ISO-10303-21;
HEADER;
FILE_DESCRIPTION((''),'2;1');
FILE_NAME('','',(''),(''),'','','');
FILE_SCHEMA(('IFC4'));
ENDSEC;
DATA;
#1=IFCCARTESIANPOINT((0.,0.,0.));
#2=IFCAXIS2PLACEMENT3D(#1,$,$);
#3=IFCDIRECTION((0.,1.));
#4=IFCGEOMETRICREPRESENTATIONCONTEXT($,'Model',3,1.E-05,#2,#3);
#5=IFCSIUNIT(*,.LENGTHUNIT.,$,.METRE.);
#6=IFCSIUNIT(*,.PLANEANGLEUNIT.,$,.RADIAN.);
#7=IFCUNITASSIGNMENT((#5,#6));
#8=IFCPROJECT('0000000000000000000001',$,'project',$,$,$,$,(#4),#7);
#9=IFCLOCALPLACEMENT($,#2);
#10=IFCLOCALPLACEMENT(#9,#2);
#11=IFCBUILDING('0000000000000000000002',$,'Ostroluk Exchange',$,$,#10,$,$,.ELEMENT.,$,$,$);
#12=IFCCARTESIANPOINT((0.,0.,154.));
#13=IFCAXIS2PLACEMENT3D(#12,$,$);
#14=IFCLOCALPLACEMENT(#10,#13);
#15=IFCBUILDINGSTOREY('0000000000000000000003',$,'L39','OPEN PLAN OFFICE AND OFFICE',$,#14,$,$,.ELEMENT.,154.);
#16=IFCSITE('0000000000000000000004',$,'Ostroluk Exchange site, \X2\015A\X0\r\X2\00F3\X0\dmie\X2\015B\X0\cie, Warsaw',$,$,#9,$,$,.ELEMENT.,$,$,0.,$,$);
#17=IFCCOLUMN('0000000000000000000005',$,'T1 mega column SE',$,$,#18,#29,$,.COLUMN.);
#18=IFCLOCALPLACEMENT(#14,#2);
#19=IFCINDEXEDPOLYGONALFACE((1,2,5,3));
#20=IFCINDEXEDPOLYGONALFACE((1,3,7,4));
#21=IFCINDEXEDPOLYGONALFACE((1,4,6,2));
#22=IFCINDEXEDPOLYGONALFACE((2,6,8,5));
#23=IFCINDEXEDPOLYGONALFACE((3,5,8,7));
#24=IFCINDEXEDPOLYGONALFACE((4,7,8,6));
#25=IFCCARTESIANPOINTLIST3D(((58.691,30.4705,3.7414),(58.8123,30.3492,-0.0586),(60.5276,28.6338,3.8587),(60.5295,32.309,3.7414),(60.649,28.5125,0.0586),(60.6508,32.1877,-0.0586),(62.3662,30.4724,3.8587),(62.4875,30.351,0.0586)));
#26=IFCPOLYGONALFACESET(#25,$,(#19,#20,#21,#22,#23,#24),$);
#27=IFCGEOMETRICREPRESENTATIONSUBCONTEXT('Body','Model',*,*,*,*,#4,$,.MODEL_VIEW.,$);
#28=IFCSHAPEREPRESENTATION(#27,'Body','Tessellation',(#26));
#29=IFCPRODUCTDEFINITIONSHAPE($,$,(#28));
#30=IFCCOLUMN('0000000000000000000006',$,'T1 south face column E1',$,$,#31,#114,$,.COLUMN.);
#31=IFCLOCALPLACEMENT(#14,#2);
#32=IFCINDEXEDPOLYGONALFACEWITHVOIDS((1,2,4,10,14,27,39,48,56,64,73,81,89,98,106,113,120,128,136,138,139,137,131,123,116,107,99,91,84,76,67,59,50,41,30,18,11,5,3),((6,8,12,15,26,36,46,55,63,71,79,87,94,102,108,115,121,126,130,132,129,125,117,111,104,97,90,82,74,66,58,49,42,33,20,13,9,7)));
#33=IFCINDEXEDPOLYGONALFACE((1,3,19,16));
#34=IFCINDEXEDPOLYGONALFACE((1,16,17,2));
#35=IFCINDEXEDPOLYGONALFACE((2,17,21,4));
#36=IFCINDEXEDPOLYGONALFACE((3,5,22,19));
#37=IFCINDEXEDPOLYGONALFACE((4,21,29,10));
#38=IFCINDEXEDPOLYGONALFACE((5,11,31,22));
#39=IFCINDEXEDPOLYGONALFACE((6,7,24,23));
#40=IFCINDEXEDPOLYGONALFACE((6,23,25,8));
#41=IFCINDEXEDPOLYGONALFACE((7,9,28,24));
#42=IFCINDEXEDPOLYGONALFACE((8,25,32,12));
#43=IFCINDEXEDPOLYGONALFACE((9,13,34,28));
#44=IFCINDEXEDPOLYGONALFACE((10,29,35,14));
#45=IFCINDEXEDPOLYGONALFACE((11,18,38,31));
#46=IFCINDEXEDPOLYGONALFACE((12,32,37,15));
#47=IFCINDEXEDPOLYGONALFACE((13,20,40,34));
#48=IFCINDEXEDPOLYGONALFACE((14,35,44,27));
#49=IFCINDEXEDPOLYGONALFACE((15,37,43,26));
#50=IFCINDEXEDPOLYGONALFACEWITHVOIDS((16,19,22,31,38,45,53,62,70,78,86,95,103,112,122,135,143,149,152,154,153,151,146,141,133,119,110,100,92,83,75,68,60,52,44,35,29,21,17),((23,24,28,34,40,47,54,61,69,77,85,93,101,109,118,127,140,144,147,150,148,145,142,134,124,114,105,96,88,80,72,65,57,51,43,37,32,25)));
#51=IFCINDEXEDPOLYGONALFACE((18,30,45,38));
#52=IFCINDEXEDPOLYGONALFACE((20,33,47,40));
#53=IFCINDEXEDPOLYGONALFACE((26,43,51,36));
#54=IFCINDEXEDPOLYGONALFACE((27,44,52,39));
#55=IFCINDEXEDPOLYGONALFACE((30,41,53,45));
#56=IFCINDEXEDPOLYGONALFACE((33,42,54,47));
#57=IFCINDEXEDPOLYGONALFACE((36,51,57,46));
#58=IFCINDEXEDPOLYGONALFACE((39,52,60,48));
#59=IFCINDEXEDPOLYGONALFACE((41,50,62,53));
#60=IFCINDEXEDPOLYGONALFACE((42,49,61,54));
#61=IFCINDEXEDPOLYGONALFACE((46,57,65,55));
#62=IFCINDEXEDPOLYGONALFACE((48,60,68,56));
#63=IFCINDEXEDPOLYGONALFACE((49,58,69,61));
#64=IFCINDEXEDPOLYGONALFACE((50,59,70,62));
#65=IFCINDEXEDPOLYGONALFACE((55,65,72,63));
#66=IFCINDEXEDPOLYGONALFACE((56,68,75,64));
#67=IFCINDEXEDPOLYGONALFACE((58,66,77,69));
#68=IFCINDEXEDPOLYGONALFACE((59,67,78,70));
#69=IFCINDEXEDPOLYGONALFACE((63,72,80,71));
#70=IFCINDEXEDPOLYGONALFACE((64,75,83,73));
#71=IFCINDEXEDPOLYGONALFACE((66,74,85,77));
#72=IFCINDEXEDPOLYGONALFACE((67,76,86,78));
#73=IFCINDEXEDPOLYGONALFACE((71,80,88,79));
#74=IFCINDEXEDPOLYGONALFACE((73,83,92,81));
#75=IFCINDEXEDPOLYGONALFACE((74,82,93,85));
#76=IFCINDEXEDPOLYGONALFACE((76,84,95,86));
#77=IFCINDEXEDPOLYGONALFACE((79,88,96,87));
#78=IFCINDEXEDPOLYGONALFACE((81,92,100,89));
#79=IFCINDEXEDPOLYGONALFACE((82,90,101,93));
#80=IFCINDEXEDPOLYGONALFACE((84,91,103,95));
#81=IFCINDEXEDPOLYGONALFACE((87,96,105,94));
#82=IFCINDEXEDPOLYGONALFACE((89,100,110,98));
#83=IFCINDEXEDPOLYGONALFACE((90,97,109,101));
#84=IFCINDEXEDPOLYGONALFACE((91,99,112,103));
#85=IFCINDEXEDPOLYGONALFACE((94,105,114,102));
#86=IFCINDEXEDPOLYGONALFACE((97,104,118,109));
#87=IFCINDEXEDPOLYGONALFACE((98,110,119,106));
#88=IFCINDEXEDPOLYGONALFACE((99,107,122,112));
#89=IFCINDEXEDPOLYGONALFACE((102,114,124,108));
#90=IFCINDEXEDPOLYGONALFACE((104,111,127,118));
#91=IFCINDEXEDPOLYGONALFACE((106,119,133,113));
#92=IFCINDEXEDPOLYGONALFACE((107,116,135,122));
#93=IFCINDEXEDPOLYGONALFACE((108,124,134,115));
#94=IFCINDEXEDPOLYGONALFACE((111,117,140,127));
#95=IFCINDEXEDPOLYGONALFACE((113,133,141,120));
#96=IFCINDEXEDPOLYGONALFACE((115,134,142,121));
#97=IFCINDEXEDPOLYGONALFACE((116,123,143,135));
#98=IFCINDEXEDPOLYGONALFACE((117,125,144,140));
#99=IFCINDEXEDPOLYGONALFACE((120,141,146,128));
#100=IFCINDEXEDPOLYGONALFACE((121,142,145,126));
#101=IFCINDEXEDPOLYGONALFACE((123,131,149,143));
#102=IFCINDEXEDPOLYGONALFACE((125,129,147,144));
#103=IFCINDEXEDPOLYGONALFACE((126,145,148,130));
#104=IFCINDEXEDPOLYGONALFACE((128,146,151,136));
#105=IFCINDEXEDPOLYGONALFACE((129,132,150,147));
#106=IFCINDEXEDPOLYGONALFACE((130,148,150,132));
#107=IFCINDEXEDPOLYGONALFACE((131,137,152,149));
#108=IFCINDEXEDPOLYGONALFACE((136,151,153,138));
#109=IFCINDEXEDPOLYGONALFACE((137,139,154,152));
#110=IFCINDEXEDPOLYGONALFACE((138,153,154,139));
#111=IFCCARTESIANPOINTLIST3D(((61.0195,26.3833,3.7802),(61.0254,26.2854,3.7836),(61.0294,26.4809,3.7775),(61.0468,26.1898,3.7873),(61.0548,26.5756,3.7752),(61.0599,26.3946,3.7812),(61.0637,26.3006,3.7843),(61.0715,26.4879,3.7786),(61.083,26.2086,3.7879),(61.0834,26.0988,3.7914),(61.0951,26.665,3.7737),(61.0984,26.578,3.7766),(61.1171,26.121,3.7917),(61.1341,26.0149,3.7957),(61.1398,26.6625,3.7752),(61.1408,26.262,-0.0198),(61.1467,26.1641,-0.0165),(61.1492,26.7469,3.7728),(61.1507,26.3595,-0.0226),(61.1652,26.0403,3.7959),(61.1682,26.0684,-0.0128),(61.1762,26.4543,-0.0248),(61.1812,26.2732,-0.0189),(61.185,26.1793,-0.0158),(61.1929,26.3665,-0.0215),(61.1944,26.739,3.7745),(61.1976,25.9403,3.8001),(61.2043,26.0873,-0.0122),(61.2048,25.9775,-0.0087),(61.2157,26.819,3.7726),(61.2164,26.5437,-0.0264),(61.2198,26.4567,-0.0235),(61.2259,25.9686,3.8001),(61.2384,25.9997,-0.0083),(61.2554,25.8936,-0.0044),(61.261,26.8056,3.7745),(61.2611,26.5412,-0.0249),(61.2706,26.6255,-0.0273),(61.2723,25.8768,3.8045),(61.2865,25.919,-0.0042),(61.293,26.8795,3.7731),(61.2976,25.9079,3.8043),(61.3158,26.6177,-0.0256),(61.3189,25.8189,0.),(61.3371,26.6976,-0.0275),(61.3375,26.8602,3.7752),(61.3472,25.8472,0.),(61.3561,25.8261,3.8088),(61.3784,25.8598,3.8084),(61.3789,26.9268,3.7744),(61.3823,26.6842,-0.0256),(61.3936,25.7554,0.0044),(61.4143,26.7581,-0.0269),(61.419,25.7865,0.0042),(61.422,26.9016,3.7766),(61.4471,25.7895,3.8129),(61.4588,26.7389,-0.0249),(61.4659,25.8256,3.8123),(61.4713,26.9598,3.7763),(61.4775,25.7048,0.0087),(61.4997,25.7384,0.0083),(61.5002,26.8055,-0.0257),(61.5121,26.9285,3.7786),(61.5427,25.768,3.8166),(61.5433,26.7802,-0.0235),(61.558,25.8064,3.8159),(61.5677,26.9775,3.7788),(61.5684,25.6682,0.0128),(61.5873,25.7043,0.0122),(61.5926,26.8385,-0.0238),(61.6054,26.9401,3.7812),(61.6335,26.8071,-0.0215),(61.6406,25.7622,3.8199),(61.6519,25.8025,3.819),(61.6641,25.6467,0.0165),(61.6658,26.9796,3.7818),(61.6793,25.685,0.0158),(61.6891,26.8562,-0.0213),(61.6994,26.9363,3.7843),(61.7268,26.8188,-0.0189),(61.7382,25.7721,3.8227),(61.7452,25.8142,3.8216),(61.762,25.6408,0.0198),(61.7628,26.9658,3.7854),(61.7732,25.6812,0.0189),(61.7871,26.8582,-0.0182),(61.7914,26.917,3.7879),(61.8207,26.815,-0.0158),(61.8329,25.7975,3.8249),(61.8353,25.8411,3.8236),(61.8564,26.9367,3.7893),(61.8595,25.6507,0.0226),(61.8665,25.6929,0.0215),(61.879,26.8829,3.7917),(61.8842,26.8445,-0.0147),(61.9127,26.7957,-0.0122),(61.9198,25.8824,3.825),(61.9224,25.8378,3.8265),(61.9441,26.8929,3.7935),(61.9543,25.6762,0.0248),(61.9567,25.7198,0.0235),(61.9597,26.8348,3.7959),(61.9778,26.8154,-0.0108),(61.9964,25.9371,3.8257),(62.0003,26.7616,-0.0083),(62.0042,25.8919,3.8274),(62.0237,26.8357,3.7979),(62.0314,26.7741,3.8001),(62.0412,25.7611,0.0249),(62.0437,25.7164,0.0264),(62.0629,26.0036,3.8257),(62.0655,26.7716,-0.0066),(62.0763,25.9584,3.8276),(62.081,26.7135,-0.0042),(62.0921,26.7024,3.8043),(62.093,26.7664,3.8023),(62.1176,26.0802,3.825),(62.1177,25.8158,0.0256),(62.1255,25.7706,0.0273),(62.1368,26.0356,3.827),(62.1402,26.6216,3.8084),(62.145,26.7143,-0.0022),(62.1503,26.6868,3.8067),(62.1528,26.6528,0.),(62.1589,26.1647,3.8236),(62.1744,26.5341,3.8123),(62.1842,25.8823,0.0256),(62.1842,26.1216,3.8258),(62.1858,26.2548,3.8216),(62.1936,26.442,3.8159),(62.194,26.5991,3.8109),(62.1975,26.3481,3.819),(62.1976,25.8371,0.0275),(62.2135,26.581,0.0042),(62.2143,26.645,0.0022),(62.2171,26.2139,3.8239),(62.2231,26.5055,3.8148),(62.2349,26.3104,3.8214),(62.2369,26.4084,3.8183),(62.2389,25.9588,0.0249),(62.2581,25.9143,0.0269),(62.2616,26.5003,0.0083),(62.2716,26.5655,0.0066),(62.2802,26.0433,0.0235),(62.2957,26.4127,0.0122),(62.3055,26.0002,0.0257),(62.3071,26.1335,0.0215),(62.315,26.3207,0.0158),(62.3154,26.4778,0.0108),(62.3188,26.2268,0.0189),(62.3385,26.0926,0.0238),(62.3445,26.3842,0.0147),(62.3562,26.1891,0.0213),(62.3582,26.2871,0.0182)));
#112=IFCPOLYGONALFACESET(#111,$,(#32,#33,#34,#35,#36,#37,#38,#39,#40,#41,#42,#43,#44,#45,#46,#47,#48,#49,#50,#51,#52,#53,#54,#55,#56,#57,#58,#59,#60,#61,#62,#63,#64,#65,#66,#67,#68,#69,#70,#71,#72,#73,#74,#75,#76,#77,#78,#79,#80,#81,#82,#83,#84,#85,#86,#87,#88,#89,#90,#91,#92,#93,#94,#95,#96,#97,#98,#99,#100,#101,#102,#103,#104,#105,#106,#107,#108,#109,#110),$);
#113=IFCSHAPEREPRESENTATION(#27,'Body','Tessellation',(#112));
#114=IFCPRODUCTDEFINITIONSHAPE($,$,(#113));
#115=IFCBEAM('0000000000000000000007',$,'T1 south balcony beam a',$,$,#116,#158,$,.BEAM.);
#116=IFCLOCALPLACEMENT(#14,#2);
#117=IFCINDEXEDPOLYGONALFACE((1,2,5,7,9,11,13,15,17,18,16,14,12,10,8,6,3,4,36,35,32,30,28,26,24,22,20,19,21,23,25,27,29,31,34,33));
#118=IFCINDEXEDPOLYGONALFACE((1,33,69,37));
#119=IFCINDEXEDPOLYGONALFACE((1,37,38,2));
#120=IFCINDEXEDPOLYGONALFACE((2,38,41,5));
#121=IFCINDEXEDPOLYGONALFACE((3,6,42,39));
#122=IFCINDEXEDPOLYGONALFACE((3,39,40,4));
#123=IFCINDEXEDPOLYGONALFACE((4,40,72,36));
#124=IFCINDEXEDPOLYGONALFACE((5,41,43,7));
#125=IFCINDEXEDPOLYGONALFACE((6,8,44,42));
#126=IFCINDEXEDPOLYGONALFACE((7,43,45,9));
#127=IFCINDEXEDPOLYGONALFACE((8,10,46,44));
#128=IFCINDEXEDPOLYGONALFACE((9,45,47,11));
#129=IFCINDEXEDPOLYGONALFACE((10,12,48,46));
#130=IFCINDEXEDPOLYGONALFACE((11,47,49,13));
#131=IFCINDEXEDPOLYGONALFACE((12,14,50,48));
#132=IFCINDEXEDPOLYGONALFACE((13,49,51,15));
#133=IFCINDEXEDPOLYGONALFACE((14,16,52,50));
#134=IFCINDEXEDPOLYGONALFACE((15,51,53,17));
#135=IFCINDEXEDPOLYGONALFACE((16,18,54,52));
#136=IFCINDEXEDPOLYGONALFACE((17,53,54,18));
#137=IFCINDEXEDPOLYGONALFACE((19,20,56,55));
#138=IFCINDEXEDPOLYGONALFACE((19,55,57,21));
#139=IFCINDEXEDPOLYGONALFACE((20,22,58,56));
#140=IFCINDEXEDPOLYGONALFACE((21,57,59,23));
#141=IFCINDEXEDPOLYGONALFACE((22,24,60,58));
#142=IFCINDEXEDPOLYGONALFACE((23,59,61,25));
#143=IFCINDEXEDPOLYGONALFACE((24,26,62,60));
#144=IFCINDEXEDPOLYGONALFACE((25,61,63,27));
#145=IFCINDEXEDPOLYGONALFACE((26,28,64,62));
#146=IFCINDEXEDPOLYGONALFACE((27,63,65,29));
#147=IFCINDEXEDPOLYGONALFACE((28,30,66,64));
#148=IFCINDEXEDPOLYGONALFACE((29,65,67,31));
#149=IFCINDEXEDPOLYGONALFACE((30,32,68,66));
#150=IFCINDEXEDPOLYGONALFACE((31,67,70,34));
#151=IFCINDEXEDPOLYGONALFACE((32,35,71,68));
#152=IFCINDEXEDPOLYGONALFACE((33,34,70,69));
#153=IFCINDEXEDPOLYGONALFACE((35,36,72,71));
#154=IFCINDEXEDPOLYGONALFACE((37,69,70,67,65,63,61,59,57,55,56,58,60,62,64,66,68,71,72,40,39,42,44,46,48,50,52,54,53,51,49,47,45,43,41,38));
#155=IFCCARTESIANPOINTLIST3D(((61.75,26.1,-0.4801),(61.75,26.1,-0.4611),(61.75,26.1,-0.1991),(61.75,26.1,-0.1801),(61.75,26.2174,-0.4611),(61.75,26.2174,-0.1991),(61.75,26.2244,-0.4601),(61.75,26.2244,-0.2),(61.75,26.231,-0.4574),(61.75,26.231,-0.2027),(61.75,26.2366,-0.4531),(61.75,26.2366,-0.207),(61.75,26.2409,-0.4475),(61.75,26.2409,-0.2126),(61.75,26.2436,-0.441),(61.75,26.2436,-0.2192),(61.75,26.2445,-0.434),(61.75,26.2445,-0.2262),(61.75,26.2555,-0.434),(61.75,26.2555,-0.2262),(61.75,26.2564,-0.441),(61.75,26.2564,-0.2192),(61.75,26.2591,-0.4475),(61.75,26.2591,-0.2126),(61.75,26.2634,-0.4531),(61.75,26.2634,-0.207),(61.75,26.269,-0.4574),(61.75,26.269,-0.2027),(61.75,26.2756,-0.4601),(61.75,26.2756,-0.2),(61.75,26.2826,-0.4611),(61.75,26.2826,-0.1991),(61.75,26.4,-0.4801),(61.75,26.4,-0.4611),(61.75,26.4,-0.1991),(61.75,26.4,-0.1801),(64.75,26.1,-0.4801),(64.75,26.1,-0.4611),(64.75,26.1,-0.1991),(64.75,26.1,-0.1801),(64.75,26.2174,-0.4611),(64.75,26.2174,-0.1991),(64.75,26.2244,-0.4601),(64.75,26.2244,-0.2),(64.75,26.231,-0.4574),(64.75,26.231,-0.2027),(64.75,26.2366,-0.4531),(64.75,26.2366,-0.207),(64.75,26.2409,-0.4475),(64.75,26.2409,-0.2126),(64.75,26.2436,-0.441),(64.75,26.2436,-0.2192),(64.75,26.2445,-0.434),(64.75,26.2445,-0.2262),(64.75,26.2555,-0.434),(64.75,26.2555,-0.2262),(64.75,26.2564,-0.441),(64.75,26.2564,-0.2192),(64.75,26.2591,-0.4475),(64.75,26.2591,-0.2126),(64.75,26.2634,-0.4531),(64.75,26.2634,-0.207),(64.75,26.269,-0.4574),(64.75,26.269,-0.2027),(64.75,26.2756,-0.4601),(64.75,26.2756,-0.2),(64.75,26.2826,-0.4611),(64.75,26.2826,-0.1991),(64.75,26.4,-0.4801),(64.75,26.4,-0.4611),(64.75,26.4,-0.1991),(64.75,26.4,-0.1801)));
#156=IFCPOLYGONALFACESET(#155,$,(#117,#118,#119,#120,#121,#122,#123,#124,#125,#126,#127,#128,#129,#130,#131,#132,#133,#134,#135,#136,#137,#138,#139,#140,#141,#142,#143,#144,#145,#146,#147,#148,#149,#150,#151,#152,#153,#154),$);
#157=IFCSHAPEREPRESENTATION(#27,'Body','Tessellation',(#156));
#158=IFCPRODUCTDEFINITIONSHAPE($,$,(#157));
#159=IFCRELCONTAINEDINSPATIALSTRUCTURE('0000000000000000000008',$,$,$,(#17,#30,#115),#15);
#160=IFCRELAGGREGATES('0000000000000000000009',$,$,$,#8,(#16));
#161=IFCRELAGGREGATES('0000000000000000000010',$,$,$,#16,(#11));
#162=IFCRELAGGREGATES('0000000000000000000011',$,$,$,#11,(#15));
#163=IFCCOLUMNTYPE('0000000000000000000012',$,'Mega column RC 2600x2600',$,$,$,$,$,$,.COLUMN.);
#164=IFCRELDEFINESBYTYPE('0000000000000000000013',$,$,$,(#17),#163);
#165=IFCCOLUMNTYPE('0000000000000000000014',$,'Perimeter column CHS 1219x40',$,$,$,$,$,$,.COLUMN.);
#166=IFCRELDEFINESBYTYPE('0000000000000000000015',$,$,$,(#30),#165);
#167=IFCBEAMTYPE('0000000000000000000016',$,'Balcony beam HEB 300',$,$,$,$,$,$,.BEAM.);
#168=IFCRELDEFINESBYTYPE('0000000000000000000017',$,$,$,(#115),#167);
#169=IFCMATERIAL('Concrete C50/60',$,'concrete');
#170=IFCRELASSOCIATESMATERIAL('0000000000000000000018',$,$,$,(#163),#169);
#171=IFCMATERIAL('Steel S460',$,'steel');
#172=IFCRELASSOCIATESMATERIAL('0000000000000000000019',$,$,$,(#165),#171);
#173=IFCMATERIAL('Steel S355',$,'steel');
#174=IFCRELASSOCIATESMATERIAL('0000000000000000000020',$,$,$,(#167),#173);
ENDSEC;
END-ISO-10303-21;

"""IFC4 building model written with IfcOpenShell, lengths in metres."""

from ifc_helpers import new_model, si_unit, direction, frame, origin, origin_2d, place, context, subcontext, project, spatial, rectangle, hollow_circle, i_section, extrude, material, material_profile, profile_set, type_object, element, save


model = new_model("IFC4")

# Units and contexts
model_context = context("Model", 3, precision=1e-05, world=origin(), true_north=direction((0.0, 1.0)))
body_context = subcontext(model_context, "Body", "Model", "MODEL_VIEW")
ifc_project = project(units=[si_unit("LENGTHUNIT", "METRE"), si_unit("PLANEANGLEUNIT", "RADIAN")], contexts=[model_context])

# Site, building, storey
site_placement = place(None, origin())
site = spatial("IfcSite", under=ifc_project, at=site_placement, Name="Ostroluk Exchange site, Śródmieście, Warsaw", CompositionType="ELEMENT", RefElevation=0.0)
building_placement = place(site_placement, origin())
building = spatial("IfcBuilding", under=site, at=building_placement, Name="Ostroluk Exchange", CompositionType="ELEMENT")
storey_placement = place(building_placement, frame((0.0, 0.0, 154.0)))
storey = spatial("IfcBuildingStorey", under=building, at=storey_placement, Name="L39", Description="OPEN PLAN OFFICE AND OFFICE", CompositionType="ELEMENT", Elevation=154.0)

# Columns
ifc_material_1 = material(Name="Concrete C50/60", Category="concrete")
ifc_material_profile_1 = material_profile(ifc_material_1, rectangle(XDim=2.6001, YDim=2.6001, at=origin_2d()), Name="RC 2600x2600")
ifc_profile_set_1 = profile_set([ifc_material_profile_1], Name="Concrete C50/60")
column_type_1 = type_object("IfcColumnType", Name="Mega column RC 2600x2600", PredefinedType="COLUMN", material=ifc_profile_set_1)
column_1_placement = place(storey_placement, frame((60.6499, 30.3501, 0.0), z_axis=(-0.031898, 0.031898, 0.998982), x_axis=(-0.707107, -0.707107, 0.0)))
element("IfcColumn", 1, at=column_1_placement, inside=storey, type_object=column_type_1, Name="T1 mega column SE", PredefinedType="COLUMN", context=body_context, shape_type="SweptSolid", body=[
    extrude(rectangle(XDim=2.6001, YDim=2.6001, at=origin_2d()), origin(), (0.0, 0.0, 1.0), 3.804),
])
ifc_material_2 = material(Name="Steel S460", Category="steel")
ifc_material_profile_2 = material_profile(ifc_material_2, hollow_circle(Radius=0.6096, WallThickness=0.04, at=origin_2d()), Name="CHS 1219x40")
ifc_profile_set_2 = profile_set([ifc_material_profile_2], Name="Steel S460")
column_type_2 = type_object("IfcColumnType", Name="Perimeter column CHS 1219x40", PredefinedType="COLUMN", material=ifc_profile_set_2)
column_2_placement = place(storey_placement, frame((61.75, 26.25, 0.0), z_axis=(-0.031898, 0.031898, 0.998982), x_axis=(-0.707107, -0.707107, 0.0)))
element("IfcColumn", 2, at=column_2_placement, inside=storey, type_object=column_type_2, Name="T1 south face column E1", PredefinedType="COLUMN", context=body_context, shape_type="SweptSolid", body=[
    extrude(hollow_circle(Radius=0.6096, WallThickness=0.04, at=origin_2d()), origin(), (0.0, 0.0, 1.0), 3.804),
])

# Beam
ifc_material_3 = material(Name="Steel S355", Category="steel")
ifc_material_profile_3 = material_profile(ifc_material_3, i_section(OverallWidth=0.3, OverallDepth=0.3, WebThickness=0.011, FlangeThickness=0.019, FilletRadius=0.0271, at=origin_2d()), Name="HEB 300")
ifc_profile_set_3 = profile_set([ifc_material_profile_3], Name="Steel S355")
beam_type_1 = type_object("IfcBeamType", Name="Balcony beam HEB 300", PredefinedType="BEAM", material=ifc_profile_set_3)
beam_1_placement = place(storey_placement, frame((61.75, 26.25, -0.3301), z_axis=(1.0, 0.0, 0.0), x_axis=(0.0, 1.0, 0.0)))
element("IfcBeam", 3, at=beam_1_placement, inside=storey, type_object=beam_type_1, Name="T1 south balcony beam a", PredefinedType="BEAM", context=body_context, shape_type="SweptSolid", body=[
    extrude(i_section(OverallWidth=0.3, OverallDepth=0.3, WebThickness=0.011, FlangeThickness=0.019, FilletRadius=0.0271, at=origin_2d()), origin(), (0.0, 0.0, 1.0), 3.0),
])

save(model, "model.ifc")
